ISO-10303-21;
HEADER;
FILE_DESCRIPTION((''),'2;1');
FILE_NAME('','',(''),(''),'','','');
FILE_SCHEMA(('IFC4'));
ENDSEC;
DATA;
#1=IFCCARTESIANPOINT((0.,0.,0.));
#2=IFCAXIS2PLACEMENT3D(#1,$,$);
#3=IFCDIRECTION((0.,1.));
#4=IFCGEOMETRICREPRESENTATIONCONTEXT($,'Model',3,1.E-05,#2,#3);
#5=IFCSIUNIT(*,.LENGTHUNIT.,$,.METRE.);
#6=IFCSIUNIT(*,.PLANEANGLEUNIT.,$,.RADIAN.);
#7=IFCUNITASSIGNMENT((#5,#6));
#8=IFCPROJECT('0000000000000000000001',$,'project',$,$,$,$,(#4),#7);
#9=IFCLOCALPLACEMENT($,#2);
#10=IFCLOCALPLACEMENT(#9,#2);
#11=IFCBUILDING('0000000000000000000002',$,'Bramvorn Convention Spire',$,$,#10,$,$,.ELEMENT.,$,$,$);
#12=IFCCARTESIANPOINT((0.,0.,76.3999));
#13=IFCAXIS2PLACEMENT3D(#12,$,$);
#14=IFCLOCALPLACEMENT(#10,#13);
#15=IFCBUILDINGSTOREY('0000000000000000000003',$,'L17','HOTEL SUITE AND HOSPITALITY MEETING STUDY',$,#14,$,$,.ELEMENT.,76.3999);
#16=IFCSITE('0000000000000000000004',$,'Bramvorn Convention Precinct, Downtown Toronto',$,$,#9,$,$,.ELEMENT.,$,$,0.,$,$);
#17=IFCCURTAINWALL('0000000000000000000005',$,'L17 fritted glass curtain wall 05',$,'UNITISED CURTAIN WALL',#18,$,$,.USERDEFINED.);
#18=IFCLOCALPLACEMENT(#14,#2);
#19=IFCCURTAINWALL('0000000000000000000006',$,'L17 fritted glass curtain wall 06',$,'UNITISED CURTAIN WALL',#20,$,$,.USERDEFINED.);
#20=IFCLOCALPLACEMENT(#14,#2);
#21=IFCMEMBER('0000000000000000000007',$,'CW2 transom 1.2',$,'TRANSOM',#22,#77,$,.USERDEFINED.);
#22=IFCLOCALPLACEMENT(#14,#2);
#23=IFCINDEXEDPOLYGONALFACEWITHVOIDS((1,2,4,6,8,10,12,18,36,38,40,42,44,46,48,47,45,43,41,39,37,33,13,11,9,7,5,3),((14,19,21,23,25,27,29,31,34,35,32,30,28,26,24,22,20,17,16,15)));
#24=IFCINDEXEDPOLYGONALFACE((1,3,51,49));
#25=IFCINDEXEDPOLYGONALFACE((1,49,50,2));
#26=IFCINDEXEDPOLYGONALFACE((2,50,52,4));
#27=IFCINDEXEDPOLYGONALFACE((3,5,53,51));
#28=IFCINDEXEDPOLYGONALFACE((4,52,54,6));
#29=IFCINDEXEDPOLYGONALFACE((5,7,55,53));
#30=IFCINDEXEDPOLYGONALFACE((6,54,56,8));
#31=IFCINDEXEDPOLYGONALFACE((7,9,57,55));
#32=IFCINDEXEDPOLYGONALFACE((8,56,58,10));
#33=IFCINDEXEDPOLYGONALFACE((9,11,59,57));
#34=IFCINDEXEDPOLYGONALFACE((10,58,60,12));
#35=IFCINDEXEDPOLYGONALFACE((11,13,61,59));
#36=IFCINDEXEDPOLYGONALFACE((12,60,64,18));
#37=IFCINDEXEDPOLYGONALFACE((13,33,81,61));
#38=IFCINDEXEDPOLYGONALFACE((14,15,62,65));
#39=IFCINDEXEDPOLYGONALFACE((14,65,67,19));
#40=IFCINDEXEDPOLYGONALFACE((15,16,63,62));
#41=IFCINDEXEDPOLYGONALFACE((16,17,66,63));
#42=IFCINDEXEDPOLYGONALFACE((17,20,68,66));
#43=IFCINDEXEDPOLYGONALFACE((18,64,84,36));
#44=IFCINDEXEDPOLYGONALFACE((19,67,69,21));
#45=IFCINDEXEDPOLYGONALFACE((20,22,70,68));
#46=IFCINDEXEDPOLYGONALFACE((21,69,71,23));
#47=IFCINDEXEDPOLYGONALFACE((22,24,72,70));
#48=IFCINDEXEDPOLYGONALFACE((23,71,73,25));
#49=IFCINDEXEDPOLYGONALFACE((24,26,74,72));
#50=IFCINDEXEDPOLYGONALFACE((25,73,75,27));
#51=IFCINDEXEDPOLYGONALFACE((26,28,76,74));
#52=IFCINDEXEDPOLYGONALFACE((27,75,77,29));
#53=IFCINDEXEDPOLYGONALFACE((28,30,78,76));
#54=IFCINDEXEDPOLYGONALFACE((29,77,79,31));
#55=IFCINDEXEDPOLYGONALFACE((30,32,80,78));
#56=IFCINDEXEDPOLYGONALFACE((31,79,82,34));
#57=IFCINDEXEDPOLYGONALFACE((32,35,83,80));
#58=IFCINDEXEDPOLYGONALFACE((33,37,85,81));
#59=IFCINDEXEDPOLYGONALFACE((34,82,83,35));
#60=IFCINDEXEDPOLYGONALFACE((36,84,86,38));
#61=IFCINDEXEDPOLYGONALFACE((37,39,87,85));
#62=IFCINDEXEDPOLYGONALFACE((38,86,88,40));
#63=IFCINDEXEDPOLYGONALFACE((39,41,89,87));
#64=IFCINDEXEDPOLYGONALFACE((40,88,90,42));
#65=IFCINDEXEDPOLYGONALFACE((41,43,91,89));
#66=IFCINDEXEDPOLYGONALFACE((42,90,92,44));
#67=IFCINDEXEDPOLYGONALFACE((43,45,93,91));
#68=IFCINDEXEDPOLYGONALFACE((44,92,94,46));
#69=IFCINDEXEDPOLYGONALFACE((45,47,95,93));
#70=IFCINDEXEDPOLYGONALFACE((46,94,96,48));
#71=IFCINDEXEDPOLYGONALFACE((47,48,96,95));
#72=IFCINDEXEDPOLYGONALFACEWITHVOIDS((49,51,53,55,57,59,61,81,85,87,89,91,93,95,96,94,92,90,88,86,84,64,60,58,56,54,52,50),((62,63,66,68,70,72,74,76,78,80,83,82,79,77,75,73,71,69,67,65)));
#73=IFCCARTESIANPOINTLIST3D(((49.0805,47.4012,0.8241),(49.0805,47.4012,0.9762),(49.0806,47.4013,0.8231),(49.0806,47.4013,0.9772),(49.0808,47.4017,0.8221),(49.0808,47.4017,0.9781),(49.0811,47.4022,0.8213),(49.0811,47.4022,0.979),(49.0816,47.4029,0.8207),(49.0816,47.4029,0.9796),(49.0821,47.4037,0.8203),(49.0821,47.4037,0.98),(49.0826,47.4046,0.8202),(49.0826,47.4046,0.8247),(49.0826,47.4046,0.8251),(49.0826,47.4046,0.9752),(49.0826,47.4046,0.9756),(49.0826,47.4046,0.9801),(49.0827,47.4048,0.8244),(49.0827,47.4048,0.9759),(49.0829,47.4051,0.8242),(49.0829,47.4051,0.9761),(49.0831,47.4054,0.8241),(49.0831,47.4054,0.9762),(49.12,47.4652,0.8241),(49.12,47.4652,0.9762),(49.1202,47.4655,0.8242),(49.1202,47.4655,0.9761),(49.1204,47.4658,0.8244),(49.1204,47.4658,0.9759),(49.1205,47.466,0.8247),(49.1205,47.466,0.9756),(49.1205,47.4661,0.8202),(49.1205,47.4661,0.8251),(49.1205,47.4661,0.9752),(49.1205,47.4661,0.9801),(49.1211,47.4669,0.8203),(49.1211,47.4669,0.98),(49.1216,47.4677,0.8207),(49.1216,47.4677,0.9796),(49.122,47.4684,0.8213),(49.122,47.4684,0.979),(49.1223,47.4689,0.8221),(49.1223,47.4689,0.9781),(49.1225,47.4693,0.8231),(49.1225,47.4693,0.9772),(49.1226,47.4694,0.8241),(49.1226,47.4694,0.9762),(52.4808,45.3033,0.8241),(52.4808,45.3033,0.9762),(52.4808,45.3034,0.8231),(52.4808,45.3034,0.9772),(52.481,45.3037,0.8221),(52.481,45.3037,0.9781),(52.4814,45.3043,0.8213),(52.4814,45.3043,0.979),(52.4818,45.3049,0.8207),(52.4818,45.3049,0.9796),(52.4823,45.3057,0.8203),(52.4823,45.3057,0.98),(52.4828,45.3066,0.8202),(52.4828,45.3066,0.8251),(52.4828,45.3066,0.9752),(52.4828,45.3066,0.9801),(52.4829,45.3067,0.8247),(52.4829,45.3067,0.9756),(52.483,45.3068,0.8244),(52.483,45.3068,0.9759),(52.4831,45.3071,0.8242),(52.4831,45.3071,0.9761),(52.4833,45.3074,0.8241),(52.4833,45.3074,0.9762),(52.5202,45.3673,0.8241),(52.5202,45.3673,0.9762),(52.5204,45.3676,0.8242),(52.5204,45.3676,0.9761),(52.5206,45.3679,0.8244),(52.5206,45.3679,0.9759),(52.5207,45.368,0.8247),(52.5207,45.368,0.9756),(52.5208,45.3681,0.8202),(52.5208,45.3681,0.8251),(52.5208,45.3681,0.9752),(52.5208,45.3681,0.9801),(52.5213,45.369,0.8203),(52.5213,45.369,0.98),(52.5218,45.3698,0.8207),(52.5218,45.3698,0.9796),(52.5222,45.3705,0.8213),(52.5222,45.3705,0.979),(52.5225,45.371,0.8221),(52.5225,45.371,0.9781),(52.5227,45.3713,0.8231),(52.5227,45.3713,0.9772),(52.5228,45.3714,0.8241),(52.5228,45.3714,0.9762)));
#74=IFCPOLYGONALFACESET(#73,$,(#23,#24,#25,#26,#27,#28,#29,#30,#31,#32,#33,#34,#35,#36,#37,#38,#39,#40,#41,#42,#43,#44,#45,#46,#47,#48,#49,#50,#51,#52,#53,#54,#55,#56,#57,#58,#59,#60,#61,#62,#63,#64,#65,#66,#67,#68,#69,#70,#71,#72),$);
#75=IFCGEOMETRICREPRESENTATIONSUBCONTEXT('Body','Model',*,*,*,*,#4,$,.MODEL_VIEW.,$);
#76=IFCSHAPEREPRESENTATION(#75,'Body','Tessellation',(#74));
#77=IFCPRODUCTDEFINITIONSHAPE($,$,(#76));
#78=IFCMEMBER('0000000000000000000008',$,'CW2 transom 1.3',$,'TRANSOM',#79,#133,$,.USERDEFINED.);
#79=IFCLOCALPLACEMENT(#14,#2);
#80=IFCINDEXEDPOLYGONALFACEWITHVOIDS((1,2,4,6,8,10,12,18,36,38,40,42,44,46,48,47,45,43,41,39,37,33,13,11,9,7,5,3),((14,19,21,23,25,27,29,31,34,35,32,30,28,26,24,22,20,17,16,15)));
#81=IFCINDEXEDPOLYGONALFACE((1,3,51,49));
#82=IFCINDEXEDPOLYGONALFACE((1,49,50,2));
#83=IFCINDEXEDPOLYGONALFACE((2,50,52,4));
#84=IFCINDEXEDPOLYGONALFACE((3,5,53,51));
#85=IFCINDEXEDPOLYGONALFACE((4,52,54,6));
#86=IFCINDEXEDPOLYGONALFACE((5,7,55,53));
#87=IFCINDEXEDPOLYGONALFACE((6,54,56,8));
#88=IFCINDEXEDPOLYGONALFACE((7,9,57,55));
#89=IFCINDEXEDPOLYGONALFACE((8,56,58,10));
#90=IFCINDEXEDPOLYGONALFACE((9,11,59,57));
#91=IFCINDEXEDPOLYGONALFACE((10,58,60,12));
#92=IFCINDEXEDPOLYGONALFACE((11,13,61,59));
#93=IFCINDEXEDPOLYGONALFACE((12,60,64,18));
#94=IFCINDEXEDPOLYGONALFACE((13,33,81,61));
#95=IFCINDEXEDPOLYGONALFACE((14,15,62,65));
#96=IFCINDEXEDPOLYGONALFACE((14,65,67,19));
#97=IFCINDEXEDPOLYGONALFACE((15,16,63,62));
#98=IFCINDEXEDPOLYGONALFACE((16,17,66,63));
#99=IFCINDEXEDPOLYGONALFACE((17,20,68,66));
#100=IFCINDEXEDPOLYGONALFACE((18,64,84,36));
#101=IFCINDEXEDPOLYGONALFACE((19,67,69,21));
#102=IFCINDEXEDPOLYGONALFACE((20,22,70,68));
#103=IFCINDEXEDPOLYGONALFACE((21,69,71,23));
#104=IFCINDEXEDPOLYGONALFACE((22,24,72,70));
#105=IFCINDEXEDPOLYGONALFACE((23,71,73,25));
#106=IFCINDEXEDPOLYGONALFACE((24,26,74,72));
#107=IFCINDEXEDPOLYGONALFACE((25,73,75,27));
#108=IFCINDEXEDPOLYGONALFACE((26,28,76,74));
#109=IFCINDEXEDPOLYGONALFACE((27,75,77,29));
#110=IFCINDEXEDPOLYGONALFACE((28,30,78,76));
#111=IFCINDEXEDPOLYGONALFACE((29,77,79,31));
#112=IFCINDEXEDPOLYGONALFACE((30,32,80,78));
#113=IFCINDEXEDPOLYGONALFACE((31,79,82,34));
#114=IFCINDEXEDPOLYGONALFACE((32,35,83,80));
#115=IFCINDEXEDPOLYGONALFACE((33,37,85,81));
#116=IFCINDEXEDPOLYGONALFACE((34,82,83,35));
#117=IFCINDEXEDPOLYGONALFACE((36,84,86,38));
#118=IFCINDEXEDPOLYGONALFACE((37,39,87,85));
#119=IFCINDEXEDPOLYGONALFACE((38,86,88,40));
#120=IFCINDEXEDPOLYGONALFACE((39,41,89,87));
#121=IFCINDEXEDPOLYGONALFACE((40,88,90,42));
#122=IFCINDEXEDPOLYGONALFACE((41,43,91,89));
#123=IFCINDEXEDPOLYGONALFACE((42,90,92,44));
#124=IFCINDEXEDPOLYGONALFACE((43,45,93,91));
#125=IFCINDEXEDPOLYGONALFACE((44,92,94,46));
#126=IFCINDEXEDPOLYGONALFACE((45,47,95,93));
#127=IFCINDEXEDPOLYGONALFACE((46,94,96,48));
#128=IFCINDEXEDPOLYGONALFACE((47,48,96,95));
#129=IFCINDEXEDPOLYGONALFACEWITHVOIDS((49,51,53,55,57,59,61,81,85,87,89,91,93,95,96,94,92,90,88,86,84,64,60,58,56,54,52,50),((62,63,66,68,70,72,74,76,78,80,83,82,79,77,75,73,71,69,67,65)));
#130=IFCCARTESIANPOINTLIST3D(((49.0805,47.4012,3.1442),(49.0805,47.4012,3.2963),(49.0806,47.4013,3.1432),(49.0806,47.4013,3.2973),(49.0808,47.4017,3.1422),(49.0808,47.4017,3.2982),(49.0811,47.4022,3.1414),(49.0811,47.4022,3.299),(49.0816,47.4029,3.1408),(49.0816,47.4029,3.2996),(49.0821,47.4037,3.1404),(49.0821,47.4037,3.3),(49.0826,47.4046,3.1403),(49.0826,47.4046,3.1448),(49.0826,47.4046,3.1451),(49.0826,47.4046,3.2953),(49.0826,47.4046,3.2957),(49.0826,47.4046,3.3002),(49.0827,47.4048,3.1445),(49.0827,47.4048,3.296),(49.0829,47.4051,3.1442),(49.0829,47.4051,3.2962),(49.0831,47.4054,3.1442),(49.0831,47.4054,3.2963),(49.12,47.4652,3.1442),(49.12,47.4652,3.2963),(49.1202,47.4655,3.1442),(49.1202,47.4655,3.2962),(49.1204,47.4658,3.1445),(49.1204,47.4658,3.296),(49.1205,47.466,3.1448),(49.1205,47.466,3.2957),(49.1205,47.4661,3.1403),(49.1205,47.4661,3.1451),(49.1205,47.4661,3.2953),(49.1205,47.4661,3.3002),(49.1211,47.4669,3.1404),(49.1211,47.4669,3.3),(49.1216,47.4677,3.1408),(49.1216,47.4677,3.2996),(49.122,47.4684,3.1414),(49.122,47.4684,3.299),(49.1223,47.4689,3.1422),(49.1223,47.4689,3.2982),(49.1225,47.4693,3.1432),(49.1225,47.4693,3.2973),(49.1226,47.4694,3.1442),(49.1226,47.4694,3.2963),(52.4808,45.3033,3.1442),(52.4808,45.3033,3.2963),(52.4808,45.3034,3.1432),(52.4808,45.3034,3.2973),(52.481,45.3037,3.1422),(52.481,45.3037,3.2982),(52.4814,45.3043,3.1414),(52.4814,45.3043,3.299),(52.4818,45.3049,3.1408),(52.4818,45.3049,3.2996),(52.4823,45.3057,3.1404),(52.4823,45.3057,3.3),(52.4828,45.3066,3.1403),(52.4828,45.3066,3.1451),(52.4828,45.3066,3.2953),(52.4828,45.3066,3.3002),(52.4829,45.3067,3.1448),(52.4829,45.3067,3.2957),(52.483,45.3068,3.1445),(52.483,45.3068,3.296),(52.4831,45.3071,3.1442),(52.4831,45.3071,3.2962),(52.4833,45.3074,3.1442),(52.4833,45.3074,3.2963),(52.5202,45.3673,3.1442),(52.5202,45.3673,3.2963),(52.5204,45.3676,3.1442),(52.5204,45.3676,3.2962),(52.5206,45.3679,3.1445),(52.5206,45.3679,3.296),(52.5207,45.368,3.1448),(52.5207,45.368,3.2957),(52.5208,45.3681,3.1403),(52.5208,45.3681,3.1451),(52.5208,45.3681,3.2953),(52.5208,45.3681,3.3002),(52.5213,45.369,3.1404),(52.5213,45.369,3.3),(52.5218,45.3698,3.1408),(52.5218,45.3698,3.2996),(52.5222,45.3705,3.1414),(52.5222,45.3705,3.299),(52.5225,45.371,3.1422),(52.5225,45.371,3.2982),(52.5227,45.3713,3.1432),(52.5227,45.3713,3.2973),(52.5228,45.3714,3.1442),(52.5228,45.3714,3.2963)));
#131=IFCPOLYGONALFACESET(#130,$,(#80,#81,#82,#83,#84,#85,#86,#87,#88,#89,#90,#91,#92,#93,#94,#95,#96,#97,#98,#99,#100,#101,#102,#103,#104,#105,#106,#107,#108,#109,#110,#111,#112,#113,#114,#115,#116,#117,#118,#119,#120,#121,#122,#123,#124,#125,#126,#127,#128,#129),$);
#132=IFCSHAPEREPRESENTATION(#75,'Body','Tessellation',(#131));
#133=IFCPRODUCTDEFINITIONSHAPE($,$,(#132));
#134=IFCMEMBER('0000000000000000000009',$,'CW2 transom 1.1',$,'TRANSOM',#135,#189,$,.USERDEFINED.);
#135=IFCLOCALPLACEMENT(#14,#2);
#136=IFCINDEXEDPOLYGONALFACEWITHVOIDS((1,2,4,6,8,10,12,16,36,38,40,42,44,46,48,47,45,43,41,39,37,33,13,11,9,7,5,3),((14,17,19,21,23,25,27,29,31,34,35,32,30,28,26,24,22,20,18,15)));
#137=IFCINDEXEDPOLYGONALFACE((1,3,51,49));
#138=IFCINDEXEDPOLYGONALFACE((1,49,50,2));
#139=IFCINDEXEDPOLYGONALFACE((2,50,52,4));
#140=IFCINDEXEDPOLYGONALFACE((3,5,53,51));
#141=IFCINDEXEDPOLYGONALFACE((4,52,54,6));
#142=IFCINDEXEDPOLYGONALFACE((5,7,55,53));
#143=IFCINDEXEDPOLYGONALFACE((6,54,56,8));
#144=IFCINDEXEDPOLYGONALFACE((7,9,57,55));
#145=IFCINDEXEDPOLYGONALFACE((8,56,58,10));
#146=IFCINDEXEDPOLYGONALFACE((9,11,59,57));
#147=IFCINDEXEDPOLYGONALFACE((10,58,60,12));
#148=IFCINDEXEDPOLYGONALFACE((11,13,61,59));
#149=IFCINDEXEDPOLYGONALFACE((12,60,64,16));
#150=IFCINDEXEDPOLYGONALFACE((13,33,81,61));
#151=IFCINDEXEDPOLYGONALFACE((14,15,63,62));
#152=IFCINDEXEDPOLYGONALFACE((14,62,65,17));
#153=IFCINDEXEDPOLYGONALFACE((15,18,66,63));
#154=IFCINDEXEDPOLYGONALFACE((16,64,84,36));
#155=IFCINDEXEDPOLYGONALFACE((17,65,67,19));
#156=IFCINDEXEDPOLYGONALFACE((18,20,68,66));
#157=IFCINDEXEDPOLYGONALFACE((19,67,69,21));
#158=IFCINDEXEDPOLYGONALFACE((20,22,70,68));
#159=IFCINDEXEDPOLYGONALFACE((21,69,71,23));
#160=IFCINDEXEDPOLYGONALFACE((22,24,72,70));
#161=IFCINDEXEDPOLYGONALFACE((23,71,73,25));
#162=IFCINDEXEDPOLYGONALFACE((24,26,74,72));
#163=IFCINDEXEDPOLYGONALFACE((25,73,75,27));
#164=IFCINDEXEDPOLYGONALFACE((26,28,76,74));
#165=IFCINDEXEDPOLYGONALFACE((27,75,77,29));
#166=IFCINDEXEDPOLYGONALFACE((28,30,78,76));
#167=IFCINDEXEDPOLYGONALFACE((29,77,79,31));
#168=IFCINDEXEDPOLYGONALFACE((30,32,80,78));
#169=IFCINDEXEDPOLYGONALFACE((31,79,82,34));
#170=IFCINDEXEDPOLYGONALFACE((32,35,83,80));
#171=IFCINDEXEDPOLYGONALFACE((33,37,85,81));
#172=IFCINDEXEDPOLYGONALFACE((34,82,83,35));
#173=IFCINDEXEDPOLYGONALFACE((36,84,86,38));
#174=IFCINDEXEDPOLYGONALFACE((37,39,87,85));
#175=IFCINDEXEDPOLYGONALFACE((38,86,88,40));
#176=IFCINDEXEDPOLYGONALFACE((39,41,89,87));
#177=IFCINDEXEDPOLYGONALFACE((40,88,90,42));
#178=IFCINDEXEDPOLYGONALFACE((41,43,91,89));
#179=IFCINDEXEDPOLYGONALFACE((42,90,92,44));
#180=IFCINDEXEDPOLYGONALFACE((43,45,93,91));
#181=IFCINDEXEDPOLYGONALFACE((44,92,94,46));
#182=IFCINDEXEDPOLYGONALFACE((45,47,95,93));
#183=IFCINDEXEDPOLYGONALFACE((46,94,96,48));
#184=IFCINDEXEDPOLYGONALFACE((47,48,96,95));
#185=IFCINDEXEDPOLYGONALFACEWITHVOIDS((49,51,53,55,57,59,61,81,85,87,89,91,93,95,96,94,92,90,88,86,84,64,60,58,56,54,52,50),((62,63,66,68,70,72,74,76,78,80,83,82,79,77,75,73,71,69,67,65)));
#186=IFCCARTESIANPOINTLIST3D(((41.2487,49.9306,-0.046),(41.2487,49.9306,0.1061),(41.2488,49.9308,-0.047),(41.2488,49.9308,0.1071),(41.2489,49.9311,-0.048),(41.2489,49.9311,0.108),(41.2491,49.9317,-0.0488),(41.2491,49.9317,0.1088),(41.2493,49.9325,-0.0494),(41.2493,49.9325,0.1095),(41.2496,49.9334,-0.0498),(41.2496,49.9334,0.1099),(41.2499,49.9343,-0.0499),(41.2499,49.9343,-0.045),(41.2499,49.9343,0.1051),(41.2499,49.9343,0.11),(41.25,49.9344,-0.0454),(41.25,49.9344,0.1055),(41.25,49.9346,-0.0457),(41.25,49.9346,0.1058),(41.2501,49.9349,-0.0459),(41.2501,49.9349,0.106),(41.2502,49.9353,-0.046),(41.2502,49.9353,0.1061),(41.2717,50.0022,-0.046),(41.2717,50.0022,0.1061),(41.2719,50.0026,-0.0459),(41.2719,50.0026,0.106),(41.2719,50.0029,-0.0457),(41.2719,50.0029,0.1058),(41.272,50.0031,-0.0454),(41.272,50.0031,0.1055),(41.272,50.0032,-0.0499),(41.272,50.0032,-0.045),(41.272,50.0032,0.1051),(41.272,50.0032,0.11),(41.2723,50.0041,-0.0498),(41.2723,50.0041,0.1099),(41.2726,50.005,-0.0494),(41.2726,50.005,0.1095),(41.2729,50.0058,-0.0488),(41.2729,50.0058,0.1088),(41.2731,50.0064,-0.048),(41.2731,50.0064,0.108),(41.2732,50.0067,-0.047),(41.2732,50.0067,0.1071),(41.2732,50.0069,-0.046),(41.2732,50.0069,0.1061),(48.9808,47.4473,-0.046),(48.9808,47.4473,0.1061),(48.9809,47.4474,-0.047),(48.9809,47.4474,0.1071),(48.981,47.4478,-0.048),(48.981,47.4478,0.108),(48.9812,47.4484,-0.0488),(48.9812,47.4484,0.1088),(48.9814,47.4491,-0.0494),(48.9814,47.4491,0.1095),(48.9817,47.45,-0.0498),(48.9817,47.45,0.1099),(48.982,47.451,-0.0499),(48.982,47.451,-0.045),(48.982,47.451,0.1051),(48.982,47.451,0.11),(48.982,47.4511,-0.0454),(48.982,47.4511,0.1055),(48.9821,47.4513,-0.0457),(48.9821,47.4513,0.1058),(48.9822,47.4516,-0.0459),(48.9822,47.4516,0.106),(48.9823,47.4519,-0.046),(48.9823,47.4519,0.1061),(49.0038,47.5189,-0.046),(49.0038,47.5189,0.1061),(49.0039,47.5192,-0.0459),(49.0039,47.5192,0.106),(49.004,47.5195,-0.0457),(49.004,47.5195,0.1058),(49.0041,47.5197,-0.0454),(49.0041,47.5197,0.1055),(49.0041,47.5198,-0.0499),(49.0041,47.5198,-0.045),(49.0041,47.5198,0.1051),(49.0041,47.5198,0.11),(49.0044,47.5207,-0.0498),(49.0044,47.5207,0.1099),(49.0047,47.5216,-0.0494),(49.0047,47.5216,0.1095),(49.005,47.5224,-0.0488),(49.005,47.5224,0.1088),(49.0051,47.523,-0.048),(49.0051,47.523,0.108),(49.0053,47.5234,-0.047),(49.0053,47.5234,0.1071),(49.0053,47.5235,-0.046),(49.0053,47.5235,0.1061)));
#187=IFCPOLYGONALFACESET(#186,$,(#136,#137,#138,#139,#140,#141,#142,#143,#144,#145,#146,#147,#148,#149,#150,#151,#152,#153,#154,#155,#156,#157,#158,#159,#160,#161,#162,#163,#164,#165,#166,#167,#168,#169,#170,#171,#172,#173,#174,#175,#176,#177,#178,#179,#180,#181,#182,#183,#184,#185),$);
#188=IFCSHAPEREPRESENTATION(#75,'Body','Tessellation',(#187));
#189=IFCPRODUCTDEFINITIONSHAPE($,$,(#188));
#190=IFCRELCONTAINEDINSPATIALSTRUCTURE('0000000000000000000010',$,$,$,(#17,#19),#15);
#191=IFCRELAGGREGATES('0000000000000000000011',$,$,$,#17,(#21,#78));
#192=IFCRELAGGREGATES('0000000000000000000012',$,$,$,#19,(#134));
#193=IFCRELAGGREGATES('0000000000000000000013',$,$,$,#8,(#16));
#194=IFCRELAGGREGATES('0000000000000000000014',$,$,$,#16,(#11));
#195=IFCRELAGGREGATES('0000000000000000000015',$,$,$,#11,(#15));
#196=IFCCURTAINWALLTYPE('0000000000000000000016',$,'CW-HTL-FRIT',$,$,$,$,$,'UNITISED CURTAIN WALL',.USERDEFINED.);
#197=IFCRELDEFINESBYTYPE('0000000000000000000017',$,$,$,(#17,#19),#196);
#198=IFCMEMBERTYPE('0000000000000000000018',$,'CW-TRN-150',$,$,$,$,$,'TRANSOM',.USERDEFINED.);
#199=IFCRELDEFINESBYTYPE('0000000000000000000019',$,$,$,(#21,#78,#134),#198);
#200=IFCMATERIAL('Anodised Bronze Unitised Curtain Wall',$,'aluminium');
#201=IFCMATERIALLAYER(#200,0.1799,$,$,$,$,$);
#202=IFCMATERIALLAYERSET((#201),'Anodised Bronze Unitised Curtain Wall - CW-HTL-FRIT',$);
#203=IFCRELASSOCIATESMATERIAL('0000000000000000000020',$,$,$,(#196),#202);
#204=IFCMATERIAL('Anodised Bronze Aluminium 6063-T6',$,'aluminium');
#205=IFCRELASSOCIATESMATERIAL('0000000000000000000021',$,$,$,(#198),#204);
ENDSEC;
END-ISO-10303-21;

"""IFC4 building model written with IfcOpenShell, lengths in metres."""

from ifc_helpers import new_model, si_unit, direction, frame, origin, origin_2d, place, context, subcontext, project, spatial, hollow_rectangle, extrude, material, layer, layer_set, material_profile, profile_set, type_object, element, aggregate, save


model = new_model("IFC4")

# Units and contexts
model_context = context("Model", 3, precision=1e-05, world=origin(), true_north=direction((0.0, 1.0)))
body_context = subcontext(model_context, "Body", "Model", "MODEL_VIEW")
ifc_project = project(units=[si_unit("LENGTHUNIT", "METRE"), si_unit("PLANEANGLEUNIT", "RADIAN")], contexts=[model_context])

# Site, building, storey
site_placement = place(None, origin())
site = spatial("IfcSite", under=ifc_project, at=site_placement, Name="Bramvorn Convention Precinct, Downtown Toronto", CompositionType="ELEMENT", RefElevation=0.0)
building_placement = place(site_placement, origin())
building = spatial("IfcBuilding", under=site, at=building_placement, Name="Bramvorn Convention Spire", CompositionType="ELEMENT")
storey_placement = place(building_placement, frame((0.0, 0.0, 76.3999)))
storey = spatial("IfcBuildingStorey", under=building, at=storey_placement, Name="L17", Description="HOTEL SUITE AND HOSPITALITY MEETING STUDY", CompositionType="ELEMENT", Elevation=76.3999)

# Curtain wall
ifc_material_1 = material(Name="Anodised Bronze Unitised Curtain Wall", Category="aluminium")
ifc_layer_1 = layer(ifc_material_1, 0.1799)
ifc_layer_set_1 = layer_set([ifc_layer_1], Name="Anodised Bronze Unitised Curtain Wall - CW-HTL-FRIT")
curtain_wall_type = type_object("IfcCurtainWallType", Name="CW-HTL-FRIT", ElementType="UNITISED CURTAIN WALL", PredefinedType="USERDEFINED", material=ifc_layer_set_1)
curtain_wall_1_placement = place(storey_placement, origin())
curtain_wall_1 = element("IfcCurtainWall", 1, at=curtain_wall_1_placement, inside=storey, type_object=curtain_wall_type, Name="L17 fritted glass curtain wall 05", ObjectType="UNITISED CURTAIN WALL", PredefinedType="USERDEFINED")
ifc_material_2 = material(Name="Anodised Bronze Aluminium 6063-T6", Category="aluminium")

# Curtain wall
curtain_wall_2_placement = place(storey_placement, origin())
curtain_wall_2 = element("IfcCurtainWall", 2, at=curtain_wall_2_placement, inside=storey, type_object=curtain_wall_type, Name="L17 fritted glass curtain wall 06", ObjectType="UNITISED CURTAIN WALL", PredefinedType="USERDEFINED")

# Members
ifc_material_profile_1 = material_profile(ifc_material_2, hollow_rectangle(XDim=0.0801, YDim=0.1599, WallThickness=0.0039, InnerFilletRadius=0.001, OuterFilletRadius=0.0039, at=origin_2d()))
ifc_profile_set_1 = profile_set([ifc_material_profile_1], Name="Anodised Bronze Aluminium 6063-T6 - CWT80X160")
member_type_1 = type_object("IfcMemberType", Name="CW-TRN-150", ElementType="TRANSOM", PredefinedType="USERDEFINED", material=ifc_profile_set_1)
member_1_placement = place(storey_placement, frame((49.1016, 47.4353, 0.9001), z_axis=(0.851043, -0.525096, 0.0), x_axis=(0.525096, 0.851043, 0.0)))
member_1 = element("IfcMember", 3, at=member_1_placement, type_object=member_type_1, Name="CW2 transom 1.2", ObjectType="TRANSOM", PredefinedType="USERDEFINED", context=body_context, shape_type="SweptSolid", body=[
    extrude(hollow_rectangle(XDim=0.0801, YDim=0.1599, WallThickness=0.0039, InnerFilletRadius=0.001, OuterFilletRadius=0.0039, at=origin_2d()), origin(), (0.0, 0.0, 1.0), 3.9954),
])
member_2_placement = place(storey_placement, frame((49.1016, 47.4353, 3.2202), z_axis=(0.851043, -0.525096, 0.0), x_axis=(0.525096, 0.851043, 0.0)))
member_2 = element("IfcMember", 4, at=member_2_placement, type_object=member_type_1, Name="CW2 transom 1.3", ObjectType="TRANSOM", PredefinedType="USERDEFINED", context=body_context, shape_type="SweptSolid", body=[
    extrude(hollow_rectangle(XDim=0.0801, YDim=0.1599, WallThickness=0.0039, InnerFilletRadius=0.001, OuterFilletRadius=0.0039, at=origin_2d()), origin(), (0.0, 0.0, 1.0), 3.9954),
])
member_3_placement = place(storey_placement, frame((41.261, 49.9688, 0.03), z_axis=(0.952098, -0.305792, 0.0), x_axis=(0.305792, 0.952098, 0.0)))
member_3 = element("IfcMember", 5, at=member_3_placement, type_object=member_type_1, Name="CW2 transom 1.1", ObjectType="TRANSOM", PredefinedType="USERDEFINED", context=body_context, shape_type="SweptSolid", body=[
    extrude(hollow_rectangle(XDim=0.0801, YDim=0.1599, WallThickness=0.0039, InnerFilletRadius=0.001, OuterFilletRadius=0.0039, at=origin_2d()), origin(), (0.0, 0.0, 1.0), 8.1211),
])

aggregate(curtain_wall_1, [member_1, member_2])
aggregate(curtain_wall_2, [member_3])

save(model, "model.ifc")
